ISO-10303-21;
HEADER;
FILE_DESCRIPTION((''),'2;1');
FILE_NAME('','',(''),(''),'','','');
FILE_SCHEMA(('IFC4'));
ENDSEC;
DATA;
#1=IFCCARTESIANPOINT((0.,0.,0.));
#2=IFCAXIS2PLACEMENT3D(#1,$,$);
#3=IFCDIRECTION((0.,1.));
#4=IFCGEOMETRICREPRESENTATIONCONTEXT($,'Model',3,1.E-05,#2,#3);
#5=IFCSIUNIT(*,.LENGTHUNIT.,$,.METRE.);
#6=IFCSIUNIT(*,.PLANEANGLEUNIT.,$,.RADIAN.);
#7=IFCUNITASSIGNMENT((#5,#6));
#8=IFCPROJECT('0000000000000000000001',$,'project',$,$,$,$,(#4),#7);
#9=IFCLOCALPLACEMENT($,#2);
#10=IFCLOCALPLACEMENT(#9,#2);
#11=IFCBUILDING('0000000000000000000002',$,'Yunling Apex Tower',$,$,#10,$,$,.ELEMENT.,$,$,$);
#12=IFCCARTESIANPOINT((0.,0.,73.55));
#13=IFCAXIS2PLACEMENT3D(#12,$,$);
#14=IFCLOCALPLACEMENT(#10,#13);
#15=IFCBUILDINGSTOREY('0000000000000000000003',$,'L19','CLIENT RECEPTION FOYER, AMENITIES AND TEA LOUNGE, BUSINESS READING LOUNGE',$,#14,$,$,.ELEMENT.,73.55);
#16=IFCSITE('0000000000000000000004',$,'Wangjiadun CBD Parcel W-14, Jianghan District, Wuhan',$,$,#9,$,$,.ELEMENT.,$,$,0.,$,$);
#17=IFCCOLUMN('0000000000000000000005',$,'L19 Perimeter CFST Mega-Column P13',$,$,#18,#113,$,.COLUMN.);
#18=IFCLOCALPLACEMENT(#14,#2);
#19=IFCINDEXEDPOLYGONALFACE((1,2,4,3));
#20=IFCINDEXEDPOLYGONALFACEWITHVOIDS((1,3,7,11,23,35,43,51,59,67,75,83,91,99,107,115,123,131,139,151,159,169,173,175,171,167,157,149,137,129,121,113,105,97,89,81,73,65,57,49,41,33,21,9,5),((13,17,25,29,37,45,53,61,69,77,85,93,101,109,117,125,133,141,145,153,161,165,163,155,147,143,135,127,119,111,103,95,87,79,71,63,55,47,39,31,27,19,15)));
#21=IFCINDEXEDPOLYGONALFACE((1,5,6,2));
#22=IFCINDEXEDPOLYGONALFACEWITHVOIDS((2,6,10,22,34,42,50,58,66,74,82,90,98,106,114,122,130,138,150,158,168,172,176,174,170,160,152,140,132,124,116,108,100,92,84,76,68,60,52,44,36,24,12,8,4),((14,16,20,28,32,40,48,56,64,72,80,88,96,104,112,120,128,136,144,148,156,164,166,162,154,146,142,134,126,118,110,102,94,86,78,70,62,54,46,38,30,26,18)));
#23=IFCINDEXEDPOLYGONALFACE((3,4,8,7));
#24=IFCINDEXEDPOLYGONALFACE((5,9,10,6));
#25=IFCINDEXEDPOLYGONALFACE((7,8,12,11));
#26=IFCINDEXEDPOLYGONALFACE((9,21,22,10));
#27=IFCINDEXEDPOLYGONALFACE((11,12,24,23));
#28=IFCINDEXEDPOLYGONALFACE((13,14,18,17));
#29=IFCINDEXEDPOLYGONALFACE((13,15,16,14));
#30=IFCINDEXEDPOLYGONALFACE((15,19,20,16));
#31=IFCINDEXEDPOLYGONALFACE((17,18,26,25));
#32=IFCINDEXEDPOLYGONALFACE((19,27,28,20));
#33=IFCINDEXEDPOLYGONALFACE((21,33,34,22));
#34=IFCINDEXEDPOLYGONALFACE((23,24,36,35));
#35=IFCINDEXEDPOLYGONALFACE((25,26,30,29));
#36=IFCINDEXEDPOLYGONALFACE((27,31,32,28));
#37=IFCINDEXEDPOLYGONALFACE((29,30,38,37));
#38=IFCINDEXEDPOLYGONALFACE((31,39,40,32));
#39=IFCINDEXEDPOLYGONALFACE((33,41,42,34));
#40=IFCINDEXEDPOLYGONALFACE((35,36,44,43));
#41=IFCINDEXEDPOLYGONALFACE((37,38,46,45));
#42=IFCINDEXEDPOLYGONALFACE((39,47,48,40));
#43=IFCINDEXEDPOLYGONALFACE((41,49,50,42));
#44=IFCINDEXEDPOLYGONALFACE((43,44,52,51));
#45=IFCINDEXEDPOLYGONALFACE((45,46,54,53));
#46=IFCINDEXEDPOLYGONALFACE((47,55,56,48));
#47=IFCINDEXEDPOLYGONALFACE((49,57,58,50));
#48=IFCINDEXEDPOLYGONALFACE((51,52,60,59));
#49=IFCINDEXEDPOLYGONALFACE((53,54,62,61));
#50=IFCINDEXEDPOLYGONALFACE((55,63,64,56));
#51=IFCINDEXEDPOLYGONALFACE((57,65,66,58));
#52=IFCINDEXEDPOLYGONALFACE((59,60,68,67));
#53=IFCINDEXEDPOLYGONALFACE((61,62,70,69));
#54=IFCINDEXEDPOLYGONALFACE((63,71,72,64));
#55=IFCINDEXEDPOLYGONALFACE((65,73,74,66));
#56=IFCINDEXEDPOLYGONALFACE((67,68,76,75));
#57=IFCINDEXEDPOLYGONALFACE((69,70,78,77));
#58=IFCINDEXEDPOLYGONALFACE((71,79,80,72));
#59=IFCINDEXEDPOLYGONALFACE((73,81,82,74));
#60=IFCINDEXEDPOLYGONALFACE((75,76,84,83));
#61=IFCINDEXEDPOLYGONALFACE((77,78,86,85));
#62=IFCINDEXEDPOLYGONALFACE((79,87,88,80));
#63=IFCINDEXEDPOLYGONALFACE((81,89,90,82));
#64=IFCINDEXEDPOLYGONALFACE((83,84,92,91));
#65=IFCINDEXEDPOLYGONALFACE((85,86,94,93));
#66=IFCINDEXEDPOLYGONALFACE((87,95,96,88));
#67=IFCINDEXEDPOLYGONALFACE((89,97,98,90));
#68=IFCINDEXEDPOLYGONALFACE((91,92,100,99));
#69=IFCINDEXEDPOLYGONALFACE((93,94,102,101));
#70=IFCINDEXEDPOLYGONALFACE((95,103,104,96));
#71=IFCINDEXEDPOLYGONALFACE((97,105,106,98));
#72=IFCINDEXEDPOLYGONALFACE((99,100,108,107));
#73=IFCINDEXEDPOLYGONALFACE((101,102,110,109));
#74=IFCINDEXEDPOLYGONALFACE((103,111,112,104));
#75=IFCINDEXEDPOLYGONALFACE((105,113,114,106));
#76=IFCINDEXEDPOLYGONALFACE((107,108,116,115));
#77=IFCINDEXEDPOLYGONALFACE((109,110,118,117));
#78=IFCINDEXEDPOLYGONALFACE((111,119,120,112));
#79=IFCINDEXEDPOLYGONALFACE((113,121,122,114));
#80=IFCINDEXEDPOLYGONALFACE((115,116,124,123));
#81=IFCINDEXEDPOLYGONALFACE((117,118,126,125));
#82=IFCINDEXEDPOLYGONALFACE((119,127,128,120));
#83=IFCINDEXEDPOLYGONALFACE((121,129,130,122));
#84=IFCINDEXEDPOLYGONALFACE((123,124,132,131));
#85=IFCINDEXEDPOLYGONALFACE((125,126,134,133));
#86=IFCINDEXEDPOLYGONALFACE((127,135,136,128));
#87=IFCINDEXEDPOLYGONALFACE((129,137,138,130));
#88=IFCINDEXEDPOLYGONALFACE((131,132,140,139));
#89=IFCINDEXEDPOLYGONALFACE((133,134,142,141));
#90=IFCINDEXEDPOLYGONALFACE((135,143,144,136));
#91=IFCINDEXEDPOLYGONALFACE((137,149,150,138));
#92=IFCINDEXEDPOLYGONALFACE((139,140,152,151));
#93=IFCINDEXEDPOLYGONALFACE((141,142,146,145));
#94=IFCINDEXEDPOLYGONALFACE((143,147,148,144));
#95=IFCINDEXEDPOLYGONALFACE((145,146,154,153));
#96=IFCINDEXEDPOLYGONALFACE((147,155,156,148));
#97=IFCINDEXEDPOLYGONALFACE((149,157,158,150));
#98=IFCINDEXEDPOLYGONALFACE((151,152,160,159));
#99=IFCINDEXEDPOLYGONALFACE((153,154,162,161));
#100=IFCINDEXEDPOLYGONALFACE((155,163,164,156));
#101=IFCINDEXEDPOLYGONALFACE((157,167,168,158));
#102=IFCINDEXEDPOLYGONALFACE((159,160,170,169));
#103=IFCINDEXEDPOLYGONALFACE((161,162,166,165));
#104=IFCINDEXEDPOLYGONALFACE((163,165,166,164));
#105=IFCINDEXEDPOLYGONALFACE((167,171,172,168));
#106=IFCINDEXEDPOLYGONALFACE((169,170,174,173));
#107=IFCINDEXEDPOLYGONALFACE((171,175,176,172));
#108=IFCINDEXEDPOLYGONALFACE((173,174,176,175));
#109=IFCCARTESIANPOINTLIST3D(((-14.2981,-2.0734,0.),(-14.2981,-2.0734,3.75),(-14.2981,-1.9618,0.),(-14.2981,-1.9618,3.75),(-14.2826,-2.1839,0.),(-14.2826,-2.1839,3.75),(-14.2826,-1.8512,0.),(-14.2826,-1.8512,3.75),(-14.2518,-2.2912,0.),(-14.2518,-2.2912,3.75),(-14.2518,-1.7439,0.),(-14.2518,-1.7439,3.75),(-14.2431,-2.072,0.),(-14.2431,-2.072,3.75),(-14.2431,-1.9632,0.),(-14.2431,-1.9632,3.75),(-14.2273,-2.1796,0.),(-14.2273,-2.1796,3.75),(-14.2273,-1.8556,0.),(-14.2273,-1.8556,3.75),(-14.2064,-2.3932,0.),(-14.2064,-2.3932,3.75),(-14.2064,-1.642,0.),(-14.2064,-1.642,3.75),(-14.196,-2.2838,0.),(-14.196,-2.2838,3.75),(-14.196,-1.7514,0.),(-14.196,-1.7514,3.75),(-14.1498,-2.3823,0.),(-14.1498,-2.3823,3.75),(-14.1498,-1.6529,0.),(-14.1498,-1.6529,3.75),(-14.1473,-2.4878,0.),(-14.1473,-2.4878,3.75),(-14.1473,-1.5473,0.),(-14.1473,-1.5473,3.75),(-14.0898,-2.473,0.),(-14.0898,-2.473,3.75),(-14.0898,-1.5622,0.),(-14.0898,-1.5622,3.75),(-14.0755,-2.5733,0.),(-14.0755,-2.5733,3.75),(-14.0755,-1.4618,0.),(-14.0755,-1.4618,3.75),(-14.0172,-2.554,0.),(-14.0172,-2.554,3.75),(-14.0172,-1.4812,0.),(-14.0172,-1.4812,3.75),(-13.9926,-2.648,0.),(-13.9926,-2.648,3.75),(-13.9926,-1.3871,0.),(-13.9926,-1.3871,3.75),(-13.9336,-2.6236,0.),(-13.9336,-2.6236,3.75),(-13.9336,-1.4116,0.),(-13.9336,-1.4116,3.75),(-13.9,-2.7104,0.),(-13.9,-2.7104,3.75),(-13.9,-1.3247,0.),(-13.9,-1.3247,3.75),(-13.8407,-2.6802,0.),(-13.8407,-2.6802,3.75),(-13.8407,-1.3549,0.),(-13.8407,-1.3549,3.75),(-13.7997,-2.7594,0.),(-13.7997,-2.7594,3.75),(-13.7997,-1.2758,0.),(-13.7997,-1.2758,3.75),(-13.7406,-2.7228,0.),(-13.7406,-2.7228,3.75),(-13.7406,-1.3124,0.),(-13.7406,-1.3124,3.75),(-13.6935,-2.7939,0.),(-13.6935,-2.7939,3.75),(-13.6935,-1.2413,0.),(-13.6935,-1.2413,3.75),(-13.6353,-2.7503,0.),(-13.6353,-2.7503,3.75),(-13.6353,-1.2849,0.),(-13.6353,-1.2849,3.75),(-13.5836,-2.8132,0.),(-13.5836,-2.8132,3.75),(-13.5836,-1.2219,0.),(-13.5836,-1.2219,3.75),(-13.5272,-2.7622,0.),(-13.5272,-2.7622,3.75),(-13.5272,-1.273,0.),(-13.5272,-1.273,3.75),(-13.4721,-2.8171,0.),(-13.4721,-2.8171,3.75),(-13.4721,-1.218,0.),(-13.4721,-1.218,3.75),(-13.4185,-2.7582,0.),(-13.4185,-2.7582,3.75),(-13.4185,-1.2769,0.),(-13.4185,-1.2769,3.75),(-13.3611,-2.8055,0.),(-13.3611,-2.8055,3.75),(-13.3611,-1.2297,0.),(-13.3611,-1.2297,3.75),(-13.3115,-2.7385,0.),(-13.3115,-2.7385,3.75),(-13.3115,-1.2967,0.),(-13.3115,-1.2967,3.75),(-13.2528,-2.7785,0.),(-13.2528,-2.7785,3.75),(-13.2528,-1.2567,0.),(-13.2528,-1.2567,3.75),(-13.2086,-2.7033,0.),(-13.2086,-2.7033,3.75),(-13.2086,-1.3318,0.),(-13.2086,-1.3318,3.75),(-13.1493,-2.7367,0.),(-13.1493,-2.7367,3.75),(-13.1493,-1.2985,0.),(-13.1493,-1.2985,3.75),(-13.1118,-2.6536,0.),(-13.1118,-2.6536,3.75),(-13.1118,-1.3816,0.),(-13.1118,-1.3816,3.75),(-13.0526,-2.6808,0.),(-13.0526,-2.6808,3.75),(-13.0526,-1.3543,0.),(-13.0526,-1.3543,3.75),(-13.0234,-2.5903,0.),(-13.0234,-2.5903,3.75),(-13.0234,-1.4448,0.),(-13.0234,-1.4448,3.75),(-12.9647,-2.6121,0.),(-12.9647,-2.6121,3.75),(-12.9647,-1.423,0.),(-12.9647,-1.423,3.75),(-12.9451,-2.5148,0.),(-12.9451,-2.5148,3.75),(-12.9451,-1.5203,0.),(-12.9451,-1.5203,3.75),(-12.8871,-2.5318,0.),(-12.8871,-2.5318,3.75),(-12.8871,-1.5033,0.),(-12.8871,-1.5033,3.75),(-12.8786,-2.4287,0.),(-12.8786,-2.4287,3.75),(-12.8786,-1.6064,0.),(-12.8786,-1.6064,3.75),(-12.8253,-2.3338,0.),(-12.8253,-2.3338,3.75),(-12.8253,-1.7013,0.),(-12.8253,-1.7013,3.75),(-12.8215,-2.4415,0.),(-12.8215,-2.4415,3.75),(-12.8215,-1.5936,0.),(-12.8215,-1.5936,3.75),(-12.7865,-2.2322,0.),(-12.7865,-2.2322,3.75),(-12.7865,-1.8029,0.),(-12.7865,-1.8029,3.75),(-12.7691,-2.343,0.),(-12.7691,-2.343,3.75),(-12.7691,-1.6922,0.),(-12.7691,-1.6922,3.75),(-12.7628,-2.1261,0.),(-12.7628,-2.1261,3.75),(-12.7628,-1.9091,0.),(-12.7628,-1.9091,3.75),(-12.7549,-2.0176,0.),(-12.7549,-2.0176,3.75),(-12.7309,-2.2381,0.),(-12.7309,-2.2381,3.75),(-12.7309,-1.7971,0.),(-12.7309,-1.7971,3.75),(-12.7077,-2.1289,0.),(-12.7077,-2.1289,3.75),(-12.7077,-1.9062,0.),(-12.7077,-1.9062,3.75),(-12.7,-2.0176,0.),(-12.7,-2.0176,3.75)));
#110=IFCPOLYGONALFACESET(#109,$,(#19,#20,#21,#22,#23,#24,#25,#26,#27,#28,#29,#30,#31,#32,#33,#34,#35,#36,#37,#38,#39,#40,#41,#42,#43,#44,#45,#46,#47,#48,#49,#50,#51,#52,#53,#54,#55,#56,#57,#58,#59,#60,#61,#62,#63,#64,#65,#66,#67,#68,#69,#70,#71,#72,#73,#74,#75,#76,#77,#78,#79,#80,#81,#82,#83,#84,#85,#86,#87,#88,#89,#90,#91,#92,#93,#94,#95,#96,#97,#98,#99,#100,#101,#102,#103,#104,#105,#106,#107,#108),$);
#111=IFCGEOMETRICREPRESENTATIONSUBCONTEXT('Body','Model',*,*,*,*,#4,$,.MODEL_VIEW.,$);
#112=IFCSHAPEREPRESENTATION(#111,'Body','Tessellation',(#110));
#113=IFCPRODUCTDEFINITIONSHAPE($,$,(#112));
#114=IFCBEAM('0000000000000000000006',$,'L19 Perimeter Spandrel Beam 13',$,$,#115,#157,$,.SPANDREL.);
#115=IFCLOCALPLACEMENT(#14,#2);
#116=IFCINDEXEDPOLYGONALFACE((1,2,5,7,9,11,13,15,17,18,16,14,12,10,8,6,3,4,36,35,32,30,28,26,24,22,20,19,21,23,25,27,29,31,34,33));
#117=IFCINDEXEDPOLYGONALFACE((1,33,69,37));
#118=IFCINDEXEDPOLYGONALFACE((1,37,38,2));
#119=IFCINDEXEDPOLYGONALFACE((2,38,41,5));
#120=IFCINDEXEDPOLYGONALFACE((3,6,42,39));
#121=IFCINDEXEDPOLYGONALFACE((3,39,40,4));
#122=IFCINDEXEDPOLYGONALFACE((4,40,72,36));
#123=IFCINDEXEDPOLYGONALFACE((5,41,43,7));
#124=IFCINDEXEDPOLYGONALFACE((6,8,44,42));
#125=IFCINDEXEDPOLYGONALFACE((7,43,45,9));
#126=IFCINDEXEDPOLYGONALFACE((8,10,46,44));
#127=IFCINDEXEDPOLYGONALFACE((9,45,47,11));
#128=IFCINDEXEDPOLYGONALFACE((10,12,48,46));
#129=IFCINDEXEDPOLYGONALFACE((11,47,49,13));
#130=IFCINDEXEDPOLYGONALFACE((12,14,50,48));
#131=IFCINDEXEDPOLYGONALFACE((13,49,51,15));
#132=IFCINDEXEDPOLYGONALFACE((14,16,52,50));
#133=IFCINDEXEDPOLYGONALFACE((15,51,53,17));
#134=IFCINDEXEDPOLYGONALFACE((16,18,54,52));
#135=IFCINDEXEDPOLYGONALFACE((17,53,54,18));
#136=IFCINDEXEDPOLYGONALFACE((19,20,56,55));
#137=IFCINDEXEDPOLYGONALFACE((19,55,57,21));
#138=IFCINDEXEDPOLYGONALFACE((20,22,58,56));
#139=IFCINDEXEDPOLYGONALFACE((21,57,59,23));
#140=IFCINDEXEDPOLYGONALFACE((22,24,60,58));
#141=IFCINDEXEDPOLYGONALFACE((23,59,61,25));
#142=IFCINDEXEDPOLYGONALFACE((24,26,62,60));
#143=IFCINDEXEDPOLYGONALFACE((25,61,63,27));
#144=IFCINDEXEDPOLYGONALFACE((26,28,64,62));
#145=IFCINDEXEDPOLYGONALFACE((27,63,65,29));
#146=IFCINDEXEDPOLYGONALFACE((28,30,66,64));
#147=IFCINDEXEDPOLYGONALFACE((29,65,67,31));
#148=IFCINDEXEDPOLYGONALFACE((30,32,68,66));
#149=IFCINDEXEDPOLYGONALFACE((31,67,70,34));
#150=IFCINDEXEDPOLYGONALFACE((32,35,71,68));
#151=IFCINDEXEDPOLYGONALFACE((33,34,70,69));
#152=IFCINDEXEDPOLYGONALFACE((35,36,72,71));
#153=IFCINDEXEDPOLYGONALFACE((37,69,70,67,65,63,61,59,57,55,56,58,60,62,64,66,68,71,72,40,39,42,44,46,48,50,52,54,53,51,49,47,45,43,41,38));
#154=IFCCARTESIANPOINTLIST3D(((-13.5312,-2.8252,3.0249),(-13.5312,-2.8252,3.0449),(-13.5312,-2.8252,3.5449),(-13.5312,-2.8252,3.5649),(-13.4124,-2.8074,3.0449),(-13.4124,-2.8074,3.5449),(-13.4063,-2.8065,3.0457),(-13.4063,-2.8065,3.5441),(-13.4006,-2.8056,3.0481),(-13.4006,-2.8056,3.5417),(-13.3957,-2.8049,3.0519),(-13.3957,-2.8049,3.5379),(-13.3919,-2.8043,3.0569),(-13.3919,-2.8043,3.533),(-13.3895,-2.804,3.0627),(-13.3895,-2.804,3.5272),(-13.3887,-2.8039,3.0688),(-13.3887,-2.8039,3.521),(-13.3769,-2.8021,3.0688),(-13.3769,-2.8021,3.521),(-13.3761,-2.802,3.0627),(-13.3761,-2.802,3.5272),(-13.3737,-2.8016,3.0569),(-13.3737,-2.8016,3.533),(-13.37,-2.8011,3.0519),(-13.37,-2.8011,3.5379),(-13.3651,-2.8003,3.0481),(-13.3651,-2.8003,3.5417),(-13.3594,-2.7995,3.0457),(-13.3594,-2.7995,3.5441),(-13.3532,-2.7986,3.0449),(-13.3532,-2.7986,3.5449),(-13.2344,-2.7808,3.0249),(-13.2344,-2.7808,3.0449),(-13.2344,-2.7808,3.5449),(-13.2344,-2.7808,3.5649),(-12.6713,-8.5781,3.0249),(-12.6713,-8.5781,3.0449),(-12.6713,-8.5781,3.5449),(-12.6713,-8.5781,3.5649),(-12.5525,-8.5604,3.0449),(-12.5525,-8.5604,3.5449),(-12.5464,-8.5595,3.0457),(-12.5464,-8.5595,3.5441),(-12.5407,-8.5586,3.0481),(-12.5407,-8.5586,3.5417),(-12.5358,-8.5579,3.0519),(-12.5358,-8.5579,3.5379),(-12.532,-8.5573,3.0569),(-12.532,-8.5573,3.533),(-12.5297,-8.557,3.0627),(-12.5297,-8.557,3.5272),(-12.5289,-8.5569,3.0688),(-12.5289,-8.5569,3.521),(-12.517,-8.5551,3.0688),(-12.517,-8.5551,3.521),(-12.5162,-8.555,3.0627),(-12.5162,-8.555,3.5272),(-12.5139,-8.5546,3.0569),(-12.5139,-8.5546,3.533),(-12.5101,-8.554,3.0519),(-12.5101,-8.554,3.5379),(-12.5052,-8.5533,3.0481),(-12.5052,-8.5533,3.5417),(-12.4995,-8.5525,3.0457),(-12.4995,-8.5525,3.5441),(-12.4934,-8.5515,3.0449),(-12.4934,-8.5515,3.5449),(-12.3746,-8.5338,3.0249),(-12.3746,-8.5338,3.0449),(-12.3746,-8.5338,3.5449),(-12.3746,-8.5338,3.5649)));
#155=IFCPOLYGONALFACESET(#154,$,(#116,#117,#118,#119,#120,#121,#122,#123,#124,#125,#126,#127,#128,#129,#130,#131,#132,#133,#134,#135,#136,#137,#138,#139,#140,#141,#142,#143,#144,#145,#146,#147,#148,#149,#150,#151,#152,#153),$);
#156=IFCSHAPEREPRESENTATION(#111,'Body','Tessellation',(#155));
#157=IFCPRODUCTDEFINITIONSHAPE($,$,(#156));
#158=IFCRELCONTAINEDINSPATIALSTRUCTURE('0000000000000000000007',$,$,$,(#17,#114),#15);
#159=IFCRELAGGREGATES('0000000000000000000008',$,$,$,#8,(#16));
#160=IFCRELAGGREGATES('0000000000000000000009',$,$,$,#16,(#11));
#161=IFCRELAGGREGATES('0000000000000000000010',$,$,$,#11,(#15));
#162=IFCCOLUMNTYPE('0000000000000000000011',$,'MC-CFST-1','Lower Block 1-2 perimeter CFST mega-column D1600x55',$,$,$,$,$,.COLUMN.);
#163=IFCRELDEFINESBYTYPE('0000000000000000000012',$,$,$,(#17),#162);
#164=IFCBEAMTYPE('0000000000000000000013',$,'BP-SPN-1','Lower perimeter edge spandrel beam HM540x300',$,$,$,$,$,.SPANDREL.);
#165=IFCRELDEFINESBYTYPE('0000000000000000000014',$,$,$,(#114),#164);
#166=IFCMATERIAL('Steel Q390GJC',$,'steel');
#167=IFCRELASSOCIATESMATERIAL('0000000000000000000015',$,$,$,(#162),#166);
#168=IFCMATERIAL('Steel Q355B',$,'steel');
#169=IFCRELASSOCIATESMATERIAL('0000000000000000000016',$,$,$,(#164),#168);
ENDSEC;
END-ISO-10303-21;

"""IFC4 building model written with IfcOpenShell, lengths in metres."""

from ifc_helpers import new_model, si_unit, direction, frame, origin, origin_2d, place, context, subcontext, project, spatial, hollow_circle, i_section, extrude, source, transform, mapped, material, material_profile, profile_set, type_object, element, save


model = new_model("IFC4")

# Units and contexts
model_context = context("Model", 3, precision=1e-05, world=origin(), true_north=direction((0.0, 1.0)))
body_context = subcontext(model_context, "Body", "Model", "MODEL_VIEW")
ifc_project = project(units=[si_unit("LENGTHUNIT", "METRE"), si_unit("PLANEANGLEUNIT", "RADIAN")], contexts=[model_context])

# Site, building, storey
site_placement = place(None, origin())
site = spatial("IfcSite", under=ifc_project, at=site_placement, Name="Wangjiadun CBD Parcel W-14, Jianghan District, Wuhan", CompositionType="ELEMENT", RefElevation=0.0)
building_placement = place(site_placement, origin())
building = spatial("IfcBuilding", under=site, at=building_placement, Name="Yunling Apex Tower", CompositionType="ELEMENT")
storey_placement = place(building_placement, frame((0.0, 0.0, 73.55)))
storey = spatial("IfcBuildingStorey", under=building, at=storey_placement, Name="L19", Description="CLIENT RECEPTION FOYER, AMENITIES AND TEA LOUNGE, BUSINESS READING LOUNGE", CompositionType="ELEMENT", Elevation=73.55)

# Column
ifc_material_1 = material(Name="Steel Q390GJC", Category="steel")
ifc_material_profile_1 = material_profile(ifc_material_1, hollow_circle(Radius=0.8, WallThickness=0.0549, at=origin_2d()))
ifc_profile_set_1 = profile_set([ifc_material_profile_1], Name="Steel Q390GJC")
column_type = type_object("IfcColumnType", Name="MC-CFST-1", Description="Lower Block 1-2 perimeter CFST mega-column D1600x55", PredefinedType="COLUMN", material=ifc_profile_set_1)
shared_shape_1 = source(origin(), body_context, "Body", "SweptSolid", [
    extrude(hollow_circle(Radius=0.8, WallThickness=0.0549, at=origin_2d()), origin(), (0.0, 0.0, 1.0), 3.75),
])
column_placement = place(storey_placement, frame((-13.5, -2.0176, 0.0), z_axis=(0.0, 0.0, 1.0), x_axis=(1.0, 0.0, 0.0)))
element("IfcColumn", 1, at=column_placement, inside=storey, type_object=column_type, Name="L19 Perimeter CFST Mega-Column P13", PredefinedType="COLUMN", context=body_context, shape_type="MappedRepresentation", body=[
    mapped(shared_shape_1, transform((0.0, 0.0, 0.0), scale=1.0)),
])

# Beam
ifc_material_2 = material(Name="Steel Q355B", Category="steel")
ifc_material_profile_2 = material_profile(ifc_material_2, i_section(OverallWidth=0.3, OverallDepth=0.54, WebThickness=0.012, FlangeThickness=0.02, FilletRadius=0.0239, at=origin_2d()))
ifc_profile_set_2 = profile_set([ifc_material_profile_2], Name="Steel Q355B")
beam_type_1 = type_object("IfcBeamType", Name="BP-SPN-1", Description="Lower perimeter edge spandrel beam HM540x300", PredefinedType="SPANDREL", material=ifc_profile_set_2)
shared_shape_2 = source(origin(), body_context, "Body", "SweptSolid", [
    extrude(i_section(OverallWidth=0.3, OverallDepth=0.54, WebThickness=0.012, FlangeThickness=0.02, FilletRadius=0.0239, at=origin_2d()), origin(), (0.0, 0.0, 1.0), 5.8169),
])
beam_1_placement = place(storey_placement, frame((-13.3828, -2.803, 3.2949), z_axis=(0.147823, -0.989014, 0.0), x_axis=(0.989014, 0.147823, 0.0)))
element("IfcBeam", 2, at=beam_1_placement, inside=storey, type_object=beam_type_1, Name="L19 Perimeter Spandrel Beam 13", PredefinedType="SPANDREL", context=body_context, shape_type="MappedRepresentation", body=[
    mapped(shared_shape_2, transform((0.0, 0.0, 0.0), scale=1.0)),
])

save(model, "model.ifc")
